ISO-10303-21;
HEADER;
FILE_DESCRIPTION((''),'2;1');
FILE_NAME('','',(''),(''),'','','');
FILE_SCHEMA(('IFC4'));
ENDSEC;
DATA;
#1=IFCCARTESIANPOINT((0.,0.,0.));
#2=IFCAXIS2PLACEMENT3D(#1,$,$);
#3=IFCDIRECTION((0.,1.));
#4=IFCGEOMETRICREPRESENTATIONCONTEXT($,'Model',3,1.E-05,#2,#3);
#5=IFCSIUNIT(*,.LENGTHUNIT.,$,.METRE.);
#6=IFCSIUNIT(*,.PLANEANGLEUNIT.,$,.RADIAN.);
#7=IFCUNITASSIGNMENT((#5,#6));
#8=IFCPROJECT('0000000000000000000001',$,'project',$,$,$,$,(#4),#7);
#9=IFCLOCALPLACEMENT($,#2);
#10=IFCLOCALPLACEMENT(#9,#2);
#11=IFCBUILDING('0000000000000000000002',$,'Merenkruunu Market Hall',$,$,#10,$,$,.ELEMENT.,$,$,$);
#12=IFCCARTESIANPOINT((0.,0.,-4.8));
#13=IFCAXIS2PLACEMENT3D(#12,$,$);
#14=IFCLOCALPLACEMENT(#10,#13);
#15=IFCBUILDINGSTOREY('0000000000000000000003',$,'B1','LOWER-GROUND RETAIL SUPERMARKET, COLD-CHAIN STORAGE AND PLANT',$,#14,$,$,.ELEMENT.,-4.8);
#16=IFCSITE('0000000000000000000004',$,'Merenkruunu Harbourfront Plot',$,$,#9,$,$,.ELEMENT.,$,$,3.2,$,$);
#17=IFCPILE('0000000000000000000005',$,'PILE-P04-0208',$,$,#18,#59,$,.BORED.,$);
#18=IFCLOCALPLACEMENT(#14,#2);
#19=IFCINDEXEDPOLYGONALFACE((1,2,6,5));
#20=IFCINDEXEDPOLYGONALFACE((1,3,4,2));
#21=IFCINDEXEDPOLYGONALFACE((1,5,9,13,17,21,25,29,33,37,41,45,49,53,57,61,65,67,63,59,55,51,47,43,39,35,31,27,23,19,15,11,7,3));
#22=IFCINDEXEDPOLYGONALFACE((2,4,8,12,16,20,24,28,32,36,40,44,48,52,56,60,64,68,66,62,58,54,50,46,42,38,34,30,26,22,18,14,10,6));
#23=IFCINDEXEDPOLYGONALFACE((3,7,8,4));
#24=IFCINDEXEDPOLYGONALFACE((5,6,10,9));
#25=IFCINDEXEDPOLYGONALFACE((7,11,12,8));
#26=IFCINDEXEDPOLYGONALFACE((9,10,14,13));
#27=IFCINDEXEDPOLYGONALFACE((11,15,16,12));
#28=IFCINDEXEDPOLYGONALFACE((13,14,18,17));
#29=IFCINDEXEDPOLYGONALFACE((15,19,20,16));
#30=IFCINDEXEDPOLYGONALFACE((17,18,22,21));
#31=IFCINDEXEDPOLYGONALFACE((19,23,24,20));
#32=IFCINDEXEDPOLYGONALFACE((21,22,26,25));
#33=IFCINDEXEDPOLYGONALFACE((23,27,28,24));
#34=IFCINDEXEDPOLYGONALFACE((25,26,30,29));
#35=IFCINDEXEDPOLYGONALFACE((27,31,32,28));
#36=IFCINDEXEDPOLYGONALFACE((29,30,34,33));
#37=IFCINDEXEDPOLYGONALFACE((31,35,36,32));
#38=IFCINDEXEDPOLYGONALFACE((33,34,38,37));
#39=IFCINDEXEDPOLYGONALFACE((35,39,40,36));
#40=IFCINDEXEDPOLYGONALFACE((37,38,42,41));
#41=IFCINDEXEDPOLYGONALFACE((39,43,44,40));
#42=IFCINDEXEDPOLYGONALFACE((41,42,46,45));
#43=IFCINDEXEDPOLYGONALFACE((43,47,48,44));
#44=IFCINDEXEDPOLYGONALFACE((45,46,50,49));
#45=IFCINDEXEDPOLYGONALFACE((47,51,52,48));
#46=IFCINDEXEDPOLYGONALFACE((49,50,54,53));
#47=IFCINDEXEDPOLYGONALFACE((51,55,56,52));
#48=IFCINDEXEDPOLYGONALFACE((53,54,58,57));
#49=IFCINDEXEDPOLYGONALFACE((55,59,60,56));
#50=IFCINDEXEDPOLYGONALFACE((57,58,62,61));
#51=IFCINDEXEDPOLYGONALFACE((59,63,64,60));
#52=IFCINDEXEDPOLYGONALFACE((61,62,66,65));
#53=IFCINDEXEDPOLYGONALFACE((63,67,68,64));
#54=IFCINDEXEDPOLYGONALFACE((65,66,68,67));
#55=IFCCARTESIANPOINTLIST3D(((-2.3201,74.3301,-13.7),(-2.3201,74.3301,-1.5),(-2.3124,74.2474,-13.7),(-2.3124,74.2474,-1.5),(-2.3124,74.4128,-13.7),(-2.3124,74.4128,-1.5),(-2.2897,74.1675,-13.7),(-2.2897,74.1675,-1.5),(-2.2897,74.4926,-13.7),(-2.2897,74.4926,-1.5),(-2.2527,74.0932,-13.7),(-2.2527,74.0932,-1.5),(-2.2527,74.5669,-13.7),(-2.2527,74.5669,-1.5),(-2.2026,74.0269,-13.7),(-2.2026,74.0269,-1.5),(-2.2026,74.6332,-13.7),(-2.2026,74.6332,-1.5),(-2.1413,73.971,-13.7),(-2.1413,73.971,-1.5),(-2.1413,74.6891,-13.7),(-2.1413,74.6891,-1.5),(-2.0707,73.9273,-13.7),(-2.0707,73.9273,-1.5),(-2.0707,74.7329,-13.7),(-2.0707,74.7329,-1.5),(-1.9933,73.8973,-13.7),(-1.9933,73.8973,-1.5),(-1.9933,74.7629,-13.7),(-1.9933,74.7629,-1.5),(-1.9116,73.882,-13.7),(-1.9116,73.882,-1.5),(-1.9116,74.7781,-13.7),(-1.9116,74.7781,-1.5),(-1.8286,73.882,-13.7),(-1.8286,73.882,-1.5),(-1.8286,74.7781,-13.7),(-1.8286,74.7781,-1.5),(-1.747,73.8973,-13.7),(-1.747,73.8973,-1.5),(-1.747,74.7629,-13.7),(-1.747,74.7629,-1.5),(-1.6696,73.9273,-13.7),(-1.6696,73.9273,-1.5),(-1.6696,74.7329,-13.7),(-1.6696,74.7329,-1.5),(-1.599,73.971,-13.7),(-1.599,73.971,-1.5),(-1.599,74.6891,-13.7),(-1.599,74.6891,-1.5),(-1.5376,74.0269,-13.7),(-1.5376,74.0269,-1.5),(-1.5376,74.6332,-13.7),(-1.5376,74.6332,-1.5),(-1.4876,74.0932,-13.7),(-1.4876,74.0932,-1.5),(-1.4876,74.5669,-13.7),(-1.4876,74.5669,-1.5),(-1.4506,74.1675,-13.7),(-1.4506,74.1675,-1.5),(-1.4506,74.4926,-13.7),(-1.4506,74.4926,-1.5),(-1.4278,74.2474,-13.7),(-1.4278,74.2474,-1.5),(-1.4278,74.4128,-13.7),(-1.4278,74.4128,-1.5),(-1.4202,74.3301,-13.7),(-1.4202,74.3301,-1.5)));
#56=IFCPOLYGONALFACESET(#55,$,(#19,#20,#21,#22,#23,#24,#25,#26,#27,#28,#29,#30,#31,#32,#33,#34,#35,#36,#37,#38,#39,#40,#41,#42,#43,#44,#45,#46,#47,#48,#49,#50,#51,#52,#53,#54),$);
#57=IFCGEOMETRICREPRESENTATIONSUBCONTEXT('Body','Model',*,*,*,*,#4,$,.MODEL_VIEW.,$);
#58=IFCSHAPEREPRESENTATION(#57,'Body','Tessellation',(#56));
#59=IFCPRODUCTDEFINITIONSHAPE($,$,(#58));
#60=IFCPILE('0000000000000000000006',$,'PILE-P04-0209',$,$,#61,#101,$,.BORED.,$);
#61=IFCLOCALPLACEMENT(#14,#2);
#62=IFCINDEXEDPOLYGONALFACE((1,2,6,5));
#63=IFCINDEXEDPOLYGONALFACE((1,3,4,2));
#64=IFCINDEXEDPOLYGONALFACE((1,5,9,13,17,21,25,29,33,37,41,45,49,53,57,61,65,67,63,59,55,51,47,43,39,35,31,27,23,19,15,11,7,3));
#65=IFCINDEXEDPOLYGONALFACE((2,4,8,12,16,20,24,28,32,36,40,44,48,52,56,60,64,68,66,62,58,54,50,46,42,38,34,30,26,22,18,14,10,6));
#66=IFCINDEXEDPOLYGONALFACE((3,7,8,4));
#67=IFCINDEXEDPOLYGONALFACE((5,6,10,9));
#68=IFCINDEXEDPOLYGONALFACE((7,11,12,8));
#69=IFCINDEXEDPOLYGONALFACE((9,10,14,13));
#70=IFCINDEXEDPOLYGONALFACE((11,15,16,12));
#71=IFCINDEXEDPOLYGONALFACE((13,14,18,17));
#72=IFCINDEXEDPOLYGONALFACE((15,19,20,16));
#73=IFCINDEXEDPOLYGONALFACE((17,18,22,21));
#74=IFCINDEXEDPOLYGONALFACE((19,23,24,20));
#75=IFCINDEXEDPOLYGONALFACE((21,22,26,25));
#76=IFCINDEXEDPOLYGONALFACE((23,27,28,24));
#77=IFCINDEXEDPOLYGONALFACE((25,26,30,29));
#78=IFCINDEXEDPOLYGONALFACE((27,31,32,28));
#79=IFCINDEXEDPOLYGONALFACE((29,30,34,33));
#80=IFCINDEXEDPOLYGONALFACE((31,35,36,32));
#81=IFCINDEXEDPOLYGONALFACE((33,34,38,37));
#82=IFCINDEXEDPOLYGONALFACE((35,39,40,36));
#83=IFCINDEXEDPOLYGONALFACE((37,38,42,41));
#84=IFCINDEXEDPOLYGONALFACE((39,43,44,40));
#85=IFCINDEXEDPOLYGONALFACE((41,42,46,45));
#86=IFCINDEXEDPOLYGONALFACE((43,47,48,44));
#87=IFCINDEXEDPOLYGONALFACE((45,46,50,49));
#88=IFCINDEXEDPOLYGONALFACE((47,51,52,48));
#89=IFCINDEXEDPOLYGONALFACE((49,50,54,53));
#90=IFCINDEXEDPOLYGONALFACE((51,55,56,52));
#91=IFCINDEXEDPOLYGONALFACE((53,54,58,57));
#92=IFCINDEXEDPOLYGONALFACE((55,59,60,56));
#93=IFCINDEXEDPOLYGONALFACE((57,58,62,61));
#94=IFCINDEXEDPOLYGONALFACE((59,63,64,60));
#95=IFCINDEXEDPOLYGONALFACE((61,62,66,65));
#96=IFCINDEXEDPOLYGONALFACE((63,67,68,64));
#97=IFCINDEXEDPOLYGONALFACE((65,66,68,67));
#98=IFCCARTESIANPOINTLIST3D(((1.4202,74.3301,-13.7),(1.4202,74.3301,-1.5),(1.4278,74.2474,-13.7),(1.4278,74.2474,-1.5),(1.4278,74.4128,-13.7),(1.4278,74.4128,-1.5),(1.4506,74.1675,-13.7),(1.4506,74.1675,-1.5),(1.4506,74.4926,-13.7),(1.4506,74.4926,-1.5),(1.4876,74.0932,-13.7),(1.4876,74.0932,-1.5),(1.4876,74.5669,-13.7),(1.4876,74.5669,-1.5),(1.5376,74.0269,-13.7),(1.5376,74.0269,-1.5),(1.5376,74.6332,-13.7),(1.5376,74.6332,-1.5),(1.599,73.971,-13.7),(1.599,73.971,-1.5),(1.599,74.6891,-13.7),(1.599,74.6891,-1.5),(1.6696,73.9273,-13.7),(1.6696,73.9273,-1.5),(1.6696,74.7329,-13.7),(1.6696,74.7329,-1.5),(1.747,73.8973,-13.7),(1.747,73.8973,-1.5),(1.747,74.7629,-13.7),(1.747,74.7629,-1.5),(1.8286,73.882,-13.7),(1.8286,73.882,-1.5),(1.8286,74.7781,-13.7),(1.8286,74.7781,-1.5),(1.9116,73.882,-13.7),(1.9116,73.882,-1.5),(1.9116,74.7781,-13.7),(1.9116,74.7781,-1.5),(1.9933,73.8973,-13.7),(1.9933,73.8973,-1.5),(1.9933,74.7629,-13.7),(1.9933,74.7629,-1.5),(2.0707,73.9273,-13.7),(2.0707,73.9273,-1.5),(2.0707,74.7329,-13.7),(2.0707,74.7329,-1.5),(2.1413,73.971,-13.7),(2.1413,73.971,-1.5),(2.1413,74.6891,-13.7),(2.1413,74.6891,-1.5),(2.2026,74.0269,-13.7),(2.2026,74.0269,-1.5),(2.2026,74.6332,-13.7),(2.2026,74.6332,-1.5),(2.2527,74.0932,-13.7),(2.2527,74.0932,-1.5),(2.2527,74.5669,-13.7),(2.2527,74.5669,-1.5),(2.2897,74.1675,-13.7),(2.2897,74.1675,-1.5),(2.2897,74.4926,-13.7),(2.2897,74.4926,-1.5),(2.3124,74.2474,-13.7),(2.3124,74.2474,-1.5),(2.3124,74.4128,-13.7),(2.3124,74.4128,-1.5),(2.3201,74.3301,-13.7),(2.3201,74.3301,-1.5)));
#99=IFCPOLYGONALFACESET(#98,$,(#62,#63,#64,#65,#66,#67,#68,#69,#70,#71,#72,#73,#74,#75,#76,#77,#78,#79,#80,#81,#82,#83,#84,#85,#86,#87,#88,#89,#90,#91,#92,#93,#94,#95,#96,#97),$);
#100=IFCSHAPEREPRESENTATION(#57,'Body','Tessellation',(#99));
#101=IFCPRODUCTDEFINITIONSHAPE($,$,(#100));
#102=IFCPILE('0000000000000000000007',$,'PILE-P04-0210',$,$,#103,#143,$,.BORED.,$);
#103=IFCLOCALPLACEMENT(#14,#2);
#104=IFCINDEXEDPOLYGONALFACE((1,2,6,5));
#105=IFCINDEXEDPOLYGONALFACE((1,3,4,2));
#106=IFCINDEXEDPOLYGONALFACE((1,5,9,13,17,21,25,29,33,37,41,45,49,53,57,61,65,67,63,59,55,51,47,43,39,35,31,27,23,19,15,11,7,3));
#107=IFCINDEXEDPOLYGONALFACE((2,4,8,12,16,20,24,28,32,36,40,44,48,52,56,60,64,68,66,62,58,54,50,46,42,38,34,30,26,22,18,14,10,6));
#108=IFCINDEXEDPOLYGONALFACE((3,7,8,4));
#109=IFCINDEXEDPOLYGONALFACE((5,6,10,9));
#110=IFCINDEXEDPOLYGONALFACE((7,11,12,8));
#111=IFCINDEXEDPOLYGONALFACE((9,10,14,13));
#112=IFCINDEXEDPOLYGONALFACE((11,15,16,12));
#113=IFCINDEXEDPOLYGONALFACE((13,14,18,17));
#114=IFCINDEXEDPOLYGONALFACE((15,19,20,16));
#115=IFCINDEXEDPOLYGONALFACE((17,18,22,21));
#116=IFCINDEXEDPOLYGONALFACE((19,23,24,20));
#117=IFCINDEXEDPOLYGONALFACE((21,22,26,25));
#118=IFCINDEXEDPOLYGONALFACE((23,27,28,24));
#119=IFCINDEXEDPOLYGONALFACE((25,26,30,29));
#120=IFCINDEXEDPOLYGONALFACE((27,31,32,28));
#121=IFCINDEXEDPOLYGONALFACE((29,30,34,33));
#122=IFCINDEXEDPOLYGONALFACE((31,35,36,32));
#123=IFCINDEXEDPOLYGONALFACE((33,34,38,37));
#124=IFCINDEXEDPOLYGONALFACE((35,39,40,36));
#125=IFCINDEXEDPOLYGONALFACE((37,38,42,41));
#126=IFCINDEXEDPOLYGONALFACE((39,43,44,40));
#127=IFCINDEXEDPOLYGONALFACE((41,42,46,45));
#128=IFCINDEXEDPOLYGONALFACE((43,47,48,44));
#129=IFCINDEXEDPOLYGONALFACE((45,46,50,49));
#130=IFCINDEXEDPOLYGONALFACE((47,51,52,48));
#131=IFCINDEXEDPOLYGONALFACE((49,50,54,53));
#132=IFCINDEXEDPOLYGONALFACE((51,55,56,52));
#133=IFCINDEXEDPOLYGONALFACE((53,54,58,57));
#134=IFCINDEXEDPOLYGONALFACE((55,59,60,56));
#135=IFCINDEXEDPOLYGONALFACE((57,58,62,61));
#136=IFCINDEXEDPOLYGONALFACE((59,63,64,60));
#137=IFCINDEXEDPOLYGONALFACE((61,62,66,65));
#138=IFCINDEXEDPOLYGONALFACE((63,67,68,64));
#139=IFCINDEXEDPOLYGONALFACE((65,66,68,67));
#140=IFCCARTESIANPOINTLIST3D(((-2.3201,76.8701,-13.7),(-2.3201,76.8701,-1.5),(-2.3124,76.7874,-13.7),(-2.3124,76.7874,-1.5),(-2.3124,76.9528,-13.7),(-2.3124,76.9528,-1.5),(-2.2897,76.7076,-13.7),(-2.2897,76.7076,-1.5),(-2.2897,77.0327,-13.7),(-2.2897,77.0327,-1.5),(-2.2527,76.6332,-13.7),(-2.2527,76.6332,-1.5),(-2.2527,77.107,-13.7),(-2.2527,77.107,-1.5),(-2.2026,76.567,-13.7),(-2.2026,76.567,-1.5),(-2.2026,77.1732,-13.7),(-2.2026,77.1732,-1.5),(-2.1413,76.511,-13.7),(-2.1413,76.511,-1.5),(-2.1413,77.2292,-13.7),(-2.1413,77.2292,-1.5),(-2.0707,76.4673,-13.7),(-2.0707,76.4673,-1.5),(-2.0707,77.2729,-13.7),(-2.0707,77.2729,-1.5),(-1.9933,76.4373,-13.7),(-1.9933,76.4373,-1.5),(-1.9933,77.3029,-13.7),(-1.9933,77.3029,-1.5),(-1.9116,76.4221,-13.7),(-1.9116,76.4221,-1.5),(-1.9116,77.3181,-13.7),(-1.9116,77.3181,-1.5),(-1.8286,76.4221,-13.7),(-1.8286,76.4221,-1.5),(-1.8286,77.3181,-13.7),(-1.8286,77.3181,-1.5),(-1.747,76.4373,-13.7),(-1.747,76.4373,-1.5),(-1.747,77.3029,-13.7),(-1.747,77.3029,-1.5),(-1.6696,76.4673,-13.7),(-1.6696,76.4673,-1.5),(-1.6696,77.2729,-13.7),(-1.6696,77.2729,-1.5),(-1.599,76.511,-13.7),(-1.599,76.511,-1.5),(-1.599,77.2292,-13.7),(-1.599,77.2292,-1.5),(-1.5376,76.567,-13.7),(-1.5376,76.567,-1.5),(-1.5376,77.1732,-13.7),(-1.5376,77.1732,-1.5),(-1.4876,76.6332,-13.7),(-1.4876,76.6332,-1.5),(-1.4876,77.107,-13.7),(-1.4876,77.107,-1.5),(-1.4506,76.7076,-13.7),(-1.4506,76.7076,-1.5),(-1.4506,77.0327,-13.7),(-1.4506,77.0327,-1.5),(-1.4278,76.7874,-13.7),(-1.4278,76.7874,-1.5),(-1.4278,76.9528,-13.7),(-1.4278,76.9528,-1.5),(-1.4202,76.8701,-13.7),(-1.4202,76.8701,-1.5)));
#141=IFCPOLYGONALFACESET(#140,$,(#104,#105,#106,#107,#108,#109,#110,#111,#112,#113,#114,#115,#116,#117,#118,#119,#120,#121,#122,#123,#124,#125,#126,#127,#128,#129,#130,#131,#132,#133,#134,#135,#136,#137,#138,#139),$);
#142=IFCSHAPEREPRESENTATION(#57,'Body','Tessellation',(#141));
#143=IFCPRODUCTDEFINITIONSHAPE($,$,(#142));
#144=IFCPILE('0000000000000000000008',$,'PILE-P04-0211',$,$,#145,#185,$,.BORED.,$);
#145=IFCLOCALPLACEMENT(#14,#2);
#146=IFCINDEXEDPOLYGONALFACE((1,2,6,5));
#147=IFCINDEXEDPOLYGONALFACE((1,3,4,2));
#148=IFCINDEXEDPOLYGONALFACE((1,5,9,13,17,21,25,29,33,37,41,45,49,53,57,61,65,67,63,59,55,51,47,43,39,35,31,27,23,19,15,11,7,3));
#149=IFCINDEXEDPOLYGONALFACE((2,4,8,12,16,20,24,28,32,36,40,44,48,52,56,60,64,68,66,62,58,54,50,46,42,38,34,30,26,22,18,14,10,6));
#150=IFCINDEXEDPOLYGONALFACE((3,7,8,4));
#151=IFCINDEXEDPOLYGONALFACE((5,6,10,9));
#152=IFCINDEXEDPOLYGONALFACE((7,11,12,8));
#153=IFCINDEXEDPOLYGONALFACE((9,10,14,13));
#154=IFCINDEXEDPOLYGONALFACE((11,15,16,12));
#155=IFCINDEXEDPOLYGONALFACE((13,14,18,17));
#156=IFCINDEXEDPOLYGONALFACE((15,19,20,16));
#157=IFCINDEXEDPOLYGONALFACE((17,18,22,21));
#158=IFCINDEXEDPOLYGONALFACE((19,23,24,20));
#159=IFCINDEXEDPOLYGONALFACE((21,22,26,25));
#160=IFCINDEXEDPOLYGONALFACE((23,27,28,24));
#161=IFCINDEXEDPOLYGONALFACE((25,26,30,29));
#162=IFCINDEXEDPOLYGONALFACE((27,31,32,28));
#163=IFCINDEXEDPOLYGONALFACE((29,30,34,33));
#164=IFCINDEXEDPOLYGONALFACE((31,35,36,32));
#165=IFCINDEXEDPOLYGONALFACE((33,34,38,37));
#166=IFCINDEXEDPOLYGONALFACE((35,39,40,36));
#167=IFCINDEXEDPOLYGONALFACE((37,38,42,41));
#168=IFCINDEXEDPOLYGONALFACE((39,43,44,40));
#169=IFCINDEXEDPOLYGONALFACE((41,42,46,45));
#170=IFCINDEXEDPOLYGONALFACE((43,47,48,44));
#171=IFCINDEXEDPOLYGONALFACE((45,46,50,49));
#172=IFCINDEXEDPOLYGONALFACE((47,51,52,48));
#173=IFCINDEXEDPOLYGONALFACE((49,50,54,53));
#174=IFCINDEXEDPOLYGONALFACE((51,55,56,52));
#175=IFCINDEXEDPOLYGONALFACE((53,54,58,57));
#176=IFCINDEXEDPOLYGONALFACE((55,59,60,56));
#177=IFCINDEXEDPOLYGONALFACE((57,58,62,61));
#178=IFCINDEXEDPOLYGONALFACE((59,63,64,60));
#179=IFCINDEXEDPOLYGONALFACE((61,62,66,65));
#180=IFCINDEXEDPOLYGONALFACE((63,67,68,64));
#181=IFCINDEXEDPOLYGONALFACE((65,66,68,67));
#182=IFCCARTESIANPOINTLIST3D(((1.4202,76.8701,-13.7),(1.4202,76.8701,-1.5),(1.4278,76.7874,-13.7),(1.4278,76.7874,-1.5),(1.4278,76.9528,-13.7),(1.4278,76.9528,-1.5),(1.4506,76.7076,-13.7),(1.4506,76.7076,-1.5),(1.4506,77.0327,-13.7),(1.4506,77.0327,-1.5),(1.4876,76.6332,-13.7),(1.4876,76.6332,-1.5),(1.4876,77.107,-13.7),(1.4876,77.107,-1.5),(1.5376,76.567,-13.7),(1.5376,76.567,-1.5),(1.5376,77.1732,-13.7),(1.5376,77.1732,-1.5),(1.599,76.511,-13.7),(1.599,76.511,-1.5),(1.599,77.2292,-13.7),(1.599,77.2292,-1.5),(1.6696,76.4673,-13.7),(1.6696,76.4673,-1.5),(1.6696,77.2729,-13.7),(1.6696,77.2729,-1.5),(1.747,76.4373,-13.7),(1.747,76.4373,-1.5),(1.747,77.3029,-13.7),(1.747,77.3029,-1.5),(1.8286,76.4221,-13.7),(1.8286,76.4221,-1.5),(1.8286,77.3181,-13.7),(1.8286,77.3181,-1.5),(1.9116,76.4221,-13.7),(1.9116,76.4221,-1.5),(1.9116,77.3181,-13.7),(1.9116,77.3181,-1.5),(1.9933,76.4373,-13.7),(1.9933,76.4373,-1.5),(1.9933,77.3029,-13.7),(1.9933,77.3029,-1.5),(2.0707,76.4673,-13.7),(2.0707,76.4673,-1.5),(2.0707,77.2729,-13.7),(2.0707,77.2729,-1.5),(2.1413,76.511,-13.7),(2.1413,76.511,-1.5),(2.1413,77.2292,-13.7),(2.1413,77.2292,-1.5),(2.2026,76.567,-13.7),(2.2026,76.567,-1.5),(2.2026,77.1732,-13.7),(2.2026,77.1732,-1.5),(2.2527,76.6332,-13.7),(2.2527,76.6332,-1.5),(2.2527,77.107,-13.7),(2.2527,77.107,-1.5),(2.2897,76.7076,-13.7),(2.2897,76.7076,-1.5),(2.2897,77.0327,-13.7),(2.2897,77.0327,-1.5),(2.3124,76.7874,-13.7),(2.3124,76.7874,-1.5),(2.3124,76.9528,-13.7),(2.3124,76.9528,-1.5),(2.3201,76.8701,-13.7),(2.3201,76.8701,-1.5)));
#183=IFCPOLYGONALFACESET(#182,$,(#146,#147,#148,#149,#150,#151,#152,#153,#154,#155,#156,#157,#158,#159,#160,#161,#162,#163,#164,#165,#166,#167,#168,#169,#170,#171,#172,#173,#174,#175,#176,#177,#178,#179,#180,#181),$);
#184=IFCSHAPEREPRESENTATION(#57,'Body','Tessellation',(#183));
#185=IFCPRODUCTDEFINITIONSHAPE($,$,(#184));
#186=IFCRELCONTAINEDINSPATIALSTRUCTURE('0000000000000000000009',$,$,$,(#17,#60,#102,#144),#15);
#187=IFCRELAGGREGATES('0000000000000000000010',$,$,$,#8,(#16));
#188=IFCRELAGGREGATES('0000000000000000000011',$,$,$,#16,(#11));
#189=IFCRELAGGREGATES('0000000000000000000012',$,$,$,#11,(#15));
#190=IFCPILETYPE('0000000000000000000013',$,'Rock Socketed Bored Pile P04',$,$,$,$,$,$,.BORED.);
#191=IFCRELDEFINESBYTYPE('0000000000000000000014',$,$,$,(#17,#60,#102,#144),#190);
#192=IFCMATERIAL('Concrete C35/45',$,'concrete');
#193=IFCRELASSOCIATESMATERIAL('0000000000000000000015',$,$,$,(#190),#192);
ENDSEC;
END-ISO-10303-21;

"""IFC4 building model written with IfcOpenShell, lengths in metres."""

from ifc_helpers import new_model, si_unit, direction, frame, origin, origin_2d, place, context, subcontext, project, spatial, circle, extrude, material, material_profile, profile_set, type_object, element, save


model = new_model("IFC4")

# Units and contexts
model_context = context("Model", 3, precision=1e-05, world=origin(), true_north=direction((0.0, 1.0)))
body_context = subcontext(model_context, "Body", "Model", "MODEL_VIEW")
ifc_project = project(units=[si_unit("LENGTHUNIT", "METRE"), si_unit("PLANEANGLEUNIT", "RADIAN")], contexts=[model_context])

# Site, building, storey
site_placement = place(None, origin())
site = spatial("IfcSite", under=ifc_project, at=site_placement, Name="Merenkruunu Harbourfront Plot", CompositionType="ELEMENT", RefElevation=3.2)
building_placement = place(site_placement, origin())
building = spatial("IfcBuilding", under=site, at=building_placement, Name="Merenkruunu Market Hall", CompositionType="ELEMENT")
storey_placement = place(building_placement, frame((0.0, 0.0, -4.8)))
storey = spatial("IfcBuildingStorey", under=building, at=storey_placement, Name="B1", Description="LOWER-GROUND RETAIL SUPERMARKET, COLD-CHAIN STORAGE AND PLANT", CompositionType="ELEMENT", Elevation=-4.8)

# Shared definitions
ifc_material_1 = material(Name="Concrete C35/45", Category="concrete")

# Piles
ifc_material_profile_1 = material_profile(ifc_material_1, circle(Radius=0.45, at=origin_2d()), Name="BORED PILE 900")
ifc_profile_set_1 = profile_set([ifc_material_profile_1], Name="Concrete C35/45")
pile_type_1 = type_object("IfcPileType", Name="Rock Socketed Bored Pile P04", PredefinedType="BORED", material=ifc_profile_set_1)
for number, where, z_axis, x_axis, name in (
    (1, (-1.8701, 74.3301, -1.5), (0.0, 0.0, -1.0), (1.0, 0.0, 0.0), "PILE-P04-0208"),
    (2, (1.8701, 74.3301, -1.5), (0.0, 0.0, -1.0), (1.0, 0.0, 0.0), "PILE-P04-0209"),
    (3, (-1.8701, 76.8701, -1.5), (0.0, 0.0, -1.0), (1.0, 0.0, 0.0), "PILE-P04-0210"),
    (4, (1.8701, 76.8701, -1.5), (0.0, 0.0, -1.0), (1.0, 0.0, 0.0), "PILE-P04-0211"),
):
    element("IfcPile", number, at=place(storey_placement, frame(where, z_axis=z_axis, x_axis=x_axis)), inside=storey, type_object=pile_type_1, Name=name, PredefinedType="BORED", context=body_context, shape_type="SweptSolid", body=[
        extrude(circle(Radius=0.45, at=origin_2d()), origin(), (0.0, 0.0, 1.0), 12.2),
    ])

save(model, "model.ifc")
